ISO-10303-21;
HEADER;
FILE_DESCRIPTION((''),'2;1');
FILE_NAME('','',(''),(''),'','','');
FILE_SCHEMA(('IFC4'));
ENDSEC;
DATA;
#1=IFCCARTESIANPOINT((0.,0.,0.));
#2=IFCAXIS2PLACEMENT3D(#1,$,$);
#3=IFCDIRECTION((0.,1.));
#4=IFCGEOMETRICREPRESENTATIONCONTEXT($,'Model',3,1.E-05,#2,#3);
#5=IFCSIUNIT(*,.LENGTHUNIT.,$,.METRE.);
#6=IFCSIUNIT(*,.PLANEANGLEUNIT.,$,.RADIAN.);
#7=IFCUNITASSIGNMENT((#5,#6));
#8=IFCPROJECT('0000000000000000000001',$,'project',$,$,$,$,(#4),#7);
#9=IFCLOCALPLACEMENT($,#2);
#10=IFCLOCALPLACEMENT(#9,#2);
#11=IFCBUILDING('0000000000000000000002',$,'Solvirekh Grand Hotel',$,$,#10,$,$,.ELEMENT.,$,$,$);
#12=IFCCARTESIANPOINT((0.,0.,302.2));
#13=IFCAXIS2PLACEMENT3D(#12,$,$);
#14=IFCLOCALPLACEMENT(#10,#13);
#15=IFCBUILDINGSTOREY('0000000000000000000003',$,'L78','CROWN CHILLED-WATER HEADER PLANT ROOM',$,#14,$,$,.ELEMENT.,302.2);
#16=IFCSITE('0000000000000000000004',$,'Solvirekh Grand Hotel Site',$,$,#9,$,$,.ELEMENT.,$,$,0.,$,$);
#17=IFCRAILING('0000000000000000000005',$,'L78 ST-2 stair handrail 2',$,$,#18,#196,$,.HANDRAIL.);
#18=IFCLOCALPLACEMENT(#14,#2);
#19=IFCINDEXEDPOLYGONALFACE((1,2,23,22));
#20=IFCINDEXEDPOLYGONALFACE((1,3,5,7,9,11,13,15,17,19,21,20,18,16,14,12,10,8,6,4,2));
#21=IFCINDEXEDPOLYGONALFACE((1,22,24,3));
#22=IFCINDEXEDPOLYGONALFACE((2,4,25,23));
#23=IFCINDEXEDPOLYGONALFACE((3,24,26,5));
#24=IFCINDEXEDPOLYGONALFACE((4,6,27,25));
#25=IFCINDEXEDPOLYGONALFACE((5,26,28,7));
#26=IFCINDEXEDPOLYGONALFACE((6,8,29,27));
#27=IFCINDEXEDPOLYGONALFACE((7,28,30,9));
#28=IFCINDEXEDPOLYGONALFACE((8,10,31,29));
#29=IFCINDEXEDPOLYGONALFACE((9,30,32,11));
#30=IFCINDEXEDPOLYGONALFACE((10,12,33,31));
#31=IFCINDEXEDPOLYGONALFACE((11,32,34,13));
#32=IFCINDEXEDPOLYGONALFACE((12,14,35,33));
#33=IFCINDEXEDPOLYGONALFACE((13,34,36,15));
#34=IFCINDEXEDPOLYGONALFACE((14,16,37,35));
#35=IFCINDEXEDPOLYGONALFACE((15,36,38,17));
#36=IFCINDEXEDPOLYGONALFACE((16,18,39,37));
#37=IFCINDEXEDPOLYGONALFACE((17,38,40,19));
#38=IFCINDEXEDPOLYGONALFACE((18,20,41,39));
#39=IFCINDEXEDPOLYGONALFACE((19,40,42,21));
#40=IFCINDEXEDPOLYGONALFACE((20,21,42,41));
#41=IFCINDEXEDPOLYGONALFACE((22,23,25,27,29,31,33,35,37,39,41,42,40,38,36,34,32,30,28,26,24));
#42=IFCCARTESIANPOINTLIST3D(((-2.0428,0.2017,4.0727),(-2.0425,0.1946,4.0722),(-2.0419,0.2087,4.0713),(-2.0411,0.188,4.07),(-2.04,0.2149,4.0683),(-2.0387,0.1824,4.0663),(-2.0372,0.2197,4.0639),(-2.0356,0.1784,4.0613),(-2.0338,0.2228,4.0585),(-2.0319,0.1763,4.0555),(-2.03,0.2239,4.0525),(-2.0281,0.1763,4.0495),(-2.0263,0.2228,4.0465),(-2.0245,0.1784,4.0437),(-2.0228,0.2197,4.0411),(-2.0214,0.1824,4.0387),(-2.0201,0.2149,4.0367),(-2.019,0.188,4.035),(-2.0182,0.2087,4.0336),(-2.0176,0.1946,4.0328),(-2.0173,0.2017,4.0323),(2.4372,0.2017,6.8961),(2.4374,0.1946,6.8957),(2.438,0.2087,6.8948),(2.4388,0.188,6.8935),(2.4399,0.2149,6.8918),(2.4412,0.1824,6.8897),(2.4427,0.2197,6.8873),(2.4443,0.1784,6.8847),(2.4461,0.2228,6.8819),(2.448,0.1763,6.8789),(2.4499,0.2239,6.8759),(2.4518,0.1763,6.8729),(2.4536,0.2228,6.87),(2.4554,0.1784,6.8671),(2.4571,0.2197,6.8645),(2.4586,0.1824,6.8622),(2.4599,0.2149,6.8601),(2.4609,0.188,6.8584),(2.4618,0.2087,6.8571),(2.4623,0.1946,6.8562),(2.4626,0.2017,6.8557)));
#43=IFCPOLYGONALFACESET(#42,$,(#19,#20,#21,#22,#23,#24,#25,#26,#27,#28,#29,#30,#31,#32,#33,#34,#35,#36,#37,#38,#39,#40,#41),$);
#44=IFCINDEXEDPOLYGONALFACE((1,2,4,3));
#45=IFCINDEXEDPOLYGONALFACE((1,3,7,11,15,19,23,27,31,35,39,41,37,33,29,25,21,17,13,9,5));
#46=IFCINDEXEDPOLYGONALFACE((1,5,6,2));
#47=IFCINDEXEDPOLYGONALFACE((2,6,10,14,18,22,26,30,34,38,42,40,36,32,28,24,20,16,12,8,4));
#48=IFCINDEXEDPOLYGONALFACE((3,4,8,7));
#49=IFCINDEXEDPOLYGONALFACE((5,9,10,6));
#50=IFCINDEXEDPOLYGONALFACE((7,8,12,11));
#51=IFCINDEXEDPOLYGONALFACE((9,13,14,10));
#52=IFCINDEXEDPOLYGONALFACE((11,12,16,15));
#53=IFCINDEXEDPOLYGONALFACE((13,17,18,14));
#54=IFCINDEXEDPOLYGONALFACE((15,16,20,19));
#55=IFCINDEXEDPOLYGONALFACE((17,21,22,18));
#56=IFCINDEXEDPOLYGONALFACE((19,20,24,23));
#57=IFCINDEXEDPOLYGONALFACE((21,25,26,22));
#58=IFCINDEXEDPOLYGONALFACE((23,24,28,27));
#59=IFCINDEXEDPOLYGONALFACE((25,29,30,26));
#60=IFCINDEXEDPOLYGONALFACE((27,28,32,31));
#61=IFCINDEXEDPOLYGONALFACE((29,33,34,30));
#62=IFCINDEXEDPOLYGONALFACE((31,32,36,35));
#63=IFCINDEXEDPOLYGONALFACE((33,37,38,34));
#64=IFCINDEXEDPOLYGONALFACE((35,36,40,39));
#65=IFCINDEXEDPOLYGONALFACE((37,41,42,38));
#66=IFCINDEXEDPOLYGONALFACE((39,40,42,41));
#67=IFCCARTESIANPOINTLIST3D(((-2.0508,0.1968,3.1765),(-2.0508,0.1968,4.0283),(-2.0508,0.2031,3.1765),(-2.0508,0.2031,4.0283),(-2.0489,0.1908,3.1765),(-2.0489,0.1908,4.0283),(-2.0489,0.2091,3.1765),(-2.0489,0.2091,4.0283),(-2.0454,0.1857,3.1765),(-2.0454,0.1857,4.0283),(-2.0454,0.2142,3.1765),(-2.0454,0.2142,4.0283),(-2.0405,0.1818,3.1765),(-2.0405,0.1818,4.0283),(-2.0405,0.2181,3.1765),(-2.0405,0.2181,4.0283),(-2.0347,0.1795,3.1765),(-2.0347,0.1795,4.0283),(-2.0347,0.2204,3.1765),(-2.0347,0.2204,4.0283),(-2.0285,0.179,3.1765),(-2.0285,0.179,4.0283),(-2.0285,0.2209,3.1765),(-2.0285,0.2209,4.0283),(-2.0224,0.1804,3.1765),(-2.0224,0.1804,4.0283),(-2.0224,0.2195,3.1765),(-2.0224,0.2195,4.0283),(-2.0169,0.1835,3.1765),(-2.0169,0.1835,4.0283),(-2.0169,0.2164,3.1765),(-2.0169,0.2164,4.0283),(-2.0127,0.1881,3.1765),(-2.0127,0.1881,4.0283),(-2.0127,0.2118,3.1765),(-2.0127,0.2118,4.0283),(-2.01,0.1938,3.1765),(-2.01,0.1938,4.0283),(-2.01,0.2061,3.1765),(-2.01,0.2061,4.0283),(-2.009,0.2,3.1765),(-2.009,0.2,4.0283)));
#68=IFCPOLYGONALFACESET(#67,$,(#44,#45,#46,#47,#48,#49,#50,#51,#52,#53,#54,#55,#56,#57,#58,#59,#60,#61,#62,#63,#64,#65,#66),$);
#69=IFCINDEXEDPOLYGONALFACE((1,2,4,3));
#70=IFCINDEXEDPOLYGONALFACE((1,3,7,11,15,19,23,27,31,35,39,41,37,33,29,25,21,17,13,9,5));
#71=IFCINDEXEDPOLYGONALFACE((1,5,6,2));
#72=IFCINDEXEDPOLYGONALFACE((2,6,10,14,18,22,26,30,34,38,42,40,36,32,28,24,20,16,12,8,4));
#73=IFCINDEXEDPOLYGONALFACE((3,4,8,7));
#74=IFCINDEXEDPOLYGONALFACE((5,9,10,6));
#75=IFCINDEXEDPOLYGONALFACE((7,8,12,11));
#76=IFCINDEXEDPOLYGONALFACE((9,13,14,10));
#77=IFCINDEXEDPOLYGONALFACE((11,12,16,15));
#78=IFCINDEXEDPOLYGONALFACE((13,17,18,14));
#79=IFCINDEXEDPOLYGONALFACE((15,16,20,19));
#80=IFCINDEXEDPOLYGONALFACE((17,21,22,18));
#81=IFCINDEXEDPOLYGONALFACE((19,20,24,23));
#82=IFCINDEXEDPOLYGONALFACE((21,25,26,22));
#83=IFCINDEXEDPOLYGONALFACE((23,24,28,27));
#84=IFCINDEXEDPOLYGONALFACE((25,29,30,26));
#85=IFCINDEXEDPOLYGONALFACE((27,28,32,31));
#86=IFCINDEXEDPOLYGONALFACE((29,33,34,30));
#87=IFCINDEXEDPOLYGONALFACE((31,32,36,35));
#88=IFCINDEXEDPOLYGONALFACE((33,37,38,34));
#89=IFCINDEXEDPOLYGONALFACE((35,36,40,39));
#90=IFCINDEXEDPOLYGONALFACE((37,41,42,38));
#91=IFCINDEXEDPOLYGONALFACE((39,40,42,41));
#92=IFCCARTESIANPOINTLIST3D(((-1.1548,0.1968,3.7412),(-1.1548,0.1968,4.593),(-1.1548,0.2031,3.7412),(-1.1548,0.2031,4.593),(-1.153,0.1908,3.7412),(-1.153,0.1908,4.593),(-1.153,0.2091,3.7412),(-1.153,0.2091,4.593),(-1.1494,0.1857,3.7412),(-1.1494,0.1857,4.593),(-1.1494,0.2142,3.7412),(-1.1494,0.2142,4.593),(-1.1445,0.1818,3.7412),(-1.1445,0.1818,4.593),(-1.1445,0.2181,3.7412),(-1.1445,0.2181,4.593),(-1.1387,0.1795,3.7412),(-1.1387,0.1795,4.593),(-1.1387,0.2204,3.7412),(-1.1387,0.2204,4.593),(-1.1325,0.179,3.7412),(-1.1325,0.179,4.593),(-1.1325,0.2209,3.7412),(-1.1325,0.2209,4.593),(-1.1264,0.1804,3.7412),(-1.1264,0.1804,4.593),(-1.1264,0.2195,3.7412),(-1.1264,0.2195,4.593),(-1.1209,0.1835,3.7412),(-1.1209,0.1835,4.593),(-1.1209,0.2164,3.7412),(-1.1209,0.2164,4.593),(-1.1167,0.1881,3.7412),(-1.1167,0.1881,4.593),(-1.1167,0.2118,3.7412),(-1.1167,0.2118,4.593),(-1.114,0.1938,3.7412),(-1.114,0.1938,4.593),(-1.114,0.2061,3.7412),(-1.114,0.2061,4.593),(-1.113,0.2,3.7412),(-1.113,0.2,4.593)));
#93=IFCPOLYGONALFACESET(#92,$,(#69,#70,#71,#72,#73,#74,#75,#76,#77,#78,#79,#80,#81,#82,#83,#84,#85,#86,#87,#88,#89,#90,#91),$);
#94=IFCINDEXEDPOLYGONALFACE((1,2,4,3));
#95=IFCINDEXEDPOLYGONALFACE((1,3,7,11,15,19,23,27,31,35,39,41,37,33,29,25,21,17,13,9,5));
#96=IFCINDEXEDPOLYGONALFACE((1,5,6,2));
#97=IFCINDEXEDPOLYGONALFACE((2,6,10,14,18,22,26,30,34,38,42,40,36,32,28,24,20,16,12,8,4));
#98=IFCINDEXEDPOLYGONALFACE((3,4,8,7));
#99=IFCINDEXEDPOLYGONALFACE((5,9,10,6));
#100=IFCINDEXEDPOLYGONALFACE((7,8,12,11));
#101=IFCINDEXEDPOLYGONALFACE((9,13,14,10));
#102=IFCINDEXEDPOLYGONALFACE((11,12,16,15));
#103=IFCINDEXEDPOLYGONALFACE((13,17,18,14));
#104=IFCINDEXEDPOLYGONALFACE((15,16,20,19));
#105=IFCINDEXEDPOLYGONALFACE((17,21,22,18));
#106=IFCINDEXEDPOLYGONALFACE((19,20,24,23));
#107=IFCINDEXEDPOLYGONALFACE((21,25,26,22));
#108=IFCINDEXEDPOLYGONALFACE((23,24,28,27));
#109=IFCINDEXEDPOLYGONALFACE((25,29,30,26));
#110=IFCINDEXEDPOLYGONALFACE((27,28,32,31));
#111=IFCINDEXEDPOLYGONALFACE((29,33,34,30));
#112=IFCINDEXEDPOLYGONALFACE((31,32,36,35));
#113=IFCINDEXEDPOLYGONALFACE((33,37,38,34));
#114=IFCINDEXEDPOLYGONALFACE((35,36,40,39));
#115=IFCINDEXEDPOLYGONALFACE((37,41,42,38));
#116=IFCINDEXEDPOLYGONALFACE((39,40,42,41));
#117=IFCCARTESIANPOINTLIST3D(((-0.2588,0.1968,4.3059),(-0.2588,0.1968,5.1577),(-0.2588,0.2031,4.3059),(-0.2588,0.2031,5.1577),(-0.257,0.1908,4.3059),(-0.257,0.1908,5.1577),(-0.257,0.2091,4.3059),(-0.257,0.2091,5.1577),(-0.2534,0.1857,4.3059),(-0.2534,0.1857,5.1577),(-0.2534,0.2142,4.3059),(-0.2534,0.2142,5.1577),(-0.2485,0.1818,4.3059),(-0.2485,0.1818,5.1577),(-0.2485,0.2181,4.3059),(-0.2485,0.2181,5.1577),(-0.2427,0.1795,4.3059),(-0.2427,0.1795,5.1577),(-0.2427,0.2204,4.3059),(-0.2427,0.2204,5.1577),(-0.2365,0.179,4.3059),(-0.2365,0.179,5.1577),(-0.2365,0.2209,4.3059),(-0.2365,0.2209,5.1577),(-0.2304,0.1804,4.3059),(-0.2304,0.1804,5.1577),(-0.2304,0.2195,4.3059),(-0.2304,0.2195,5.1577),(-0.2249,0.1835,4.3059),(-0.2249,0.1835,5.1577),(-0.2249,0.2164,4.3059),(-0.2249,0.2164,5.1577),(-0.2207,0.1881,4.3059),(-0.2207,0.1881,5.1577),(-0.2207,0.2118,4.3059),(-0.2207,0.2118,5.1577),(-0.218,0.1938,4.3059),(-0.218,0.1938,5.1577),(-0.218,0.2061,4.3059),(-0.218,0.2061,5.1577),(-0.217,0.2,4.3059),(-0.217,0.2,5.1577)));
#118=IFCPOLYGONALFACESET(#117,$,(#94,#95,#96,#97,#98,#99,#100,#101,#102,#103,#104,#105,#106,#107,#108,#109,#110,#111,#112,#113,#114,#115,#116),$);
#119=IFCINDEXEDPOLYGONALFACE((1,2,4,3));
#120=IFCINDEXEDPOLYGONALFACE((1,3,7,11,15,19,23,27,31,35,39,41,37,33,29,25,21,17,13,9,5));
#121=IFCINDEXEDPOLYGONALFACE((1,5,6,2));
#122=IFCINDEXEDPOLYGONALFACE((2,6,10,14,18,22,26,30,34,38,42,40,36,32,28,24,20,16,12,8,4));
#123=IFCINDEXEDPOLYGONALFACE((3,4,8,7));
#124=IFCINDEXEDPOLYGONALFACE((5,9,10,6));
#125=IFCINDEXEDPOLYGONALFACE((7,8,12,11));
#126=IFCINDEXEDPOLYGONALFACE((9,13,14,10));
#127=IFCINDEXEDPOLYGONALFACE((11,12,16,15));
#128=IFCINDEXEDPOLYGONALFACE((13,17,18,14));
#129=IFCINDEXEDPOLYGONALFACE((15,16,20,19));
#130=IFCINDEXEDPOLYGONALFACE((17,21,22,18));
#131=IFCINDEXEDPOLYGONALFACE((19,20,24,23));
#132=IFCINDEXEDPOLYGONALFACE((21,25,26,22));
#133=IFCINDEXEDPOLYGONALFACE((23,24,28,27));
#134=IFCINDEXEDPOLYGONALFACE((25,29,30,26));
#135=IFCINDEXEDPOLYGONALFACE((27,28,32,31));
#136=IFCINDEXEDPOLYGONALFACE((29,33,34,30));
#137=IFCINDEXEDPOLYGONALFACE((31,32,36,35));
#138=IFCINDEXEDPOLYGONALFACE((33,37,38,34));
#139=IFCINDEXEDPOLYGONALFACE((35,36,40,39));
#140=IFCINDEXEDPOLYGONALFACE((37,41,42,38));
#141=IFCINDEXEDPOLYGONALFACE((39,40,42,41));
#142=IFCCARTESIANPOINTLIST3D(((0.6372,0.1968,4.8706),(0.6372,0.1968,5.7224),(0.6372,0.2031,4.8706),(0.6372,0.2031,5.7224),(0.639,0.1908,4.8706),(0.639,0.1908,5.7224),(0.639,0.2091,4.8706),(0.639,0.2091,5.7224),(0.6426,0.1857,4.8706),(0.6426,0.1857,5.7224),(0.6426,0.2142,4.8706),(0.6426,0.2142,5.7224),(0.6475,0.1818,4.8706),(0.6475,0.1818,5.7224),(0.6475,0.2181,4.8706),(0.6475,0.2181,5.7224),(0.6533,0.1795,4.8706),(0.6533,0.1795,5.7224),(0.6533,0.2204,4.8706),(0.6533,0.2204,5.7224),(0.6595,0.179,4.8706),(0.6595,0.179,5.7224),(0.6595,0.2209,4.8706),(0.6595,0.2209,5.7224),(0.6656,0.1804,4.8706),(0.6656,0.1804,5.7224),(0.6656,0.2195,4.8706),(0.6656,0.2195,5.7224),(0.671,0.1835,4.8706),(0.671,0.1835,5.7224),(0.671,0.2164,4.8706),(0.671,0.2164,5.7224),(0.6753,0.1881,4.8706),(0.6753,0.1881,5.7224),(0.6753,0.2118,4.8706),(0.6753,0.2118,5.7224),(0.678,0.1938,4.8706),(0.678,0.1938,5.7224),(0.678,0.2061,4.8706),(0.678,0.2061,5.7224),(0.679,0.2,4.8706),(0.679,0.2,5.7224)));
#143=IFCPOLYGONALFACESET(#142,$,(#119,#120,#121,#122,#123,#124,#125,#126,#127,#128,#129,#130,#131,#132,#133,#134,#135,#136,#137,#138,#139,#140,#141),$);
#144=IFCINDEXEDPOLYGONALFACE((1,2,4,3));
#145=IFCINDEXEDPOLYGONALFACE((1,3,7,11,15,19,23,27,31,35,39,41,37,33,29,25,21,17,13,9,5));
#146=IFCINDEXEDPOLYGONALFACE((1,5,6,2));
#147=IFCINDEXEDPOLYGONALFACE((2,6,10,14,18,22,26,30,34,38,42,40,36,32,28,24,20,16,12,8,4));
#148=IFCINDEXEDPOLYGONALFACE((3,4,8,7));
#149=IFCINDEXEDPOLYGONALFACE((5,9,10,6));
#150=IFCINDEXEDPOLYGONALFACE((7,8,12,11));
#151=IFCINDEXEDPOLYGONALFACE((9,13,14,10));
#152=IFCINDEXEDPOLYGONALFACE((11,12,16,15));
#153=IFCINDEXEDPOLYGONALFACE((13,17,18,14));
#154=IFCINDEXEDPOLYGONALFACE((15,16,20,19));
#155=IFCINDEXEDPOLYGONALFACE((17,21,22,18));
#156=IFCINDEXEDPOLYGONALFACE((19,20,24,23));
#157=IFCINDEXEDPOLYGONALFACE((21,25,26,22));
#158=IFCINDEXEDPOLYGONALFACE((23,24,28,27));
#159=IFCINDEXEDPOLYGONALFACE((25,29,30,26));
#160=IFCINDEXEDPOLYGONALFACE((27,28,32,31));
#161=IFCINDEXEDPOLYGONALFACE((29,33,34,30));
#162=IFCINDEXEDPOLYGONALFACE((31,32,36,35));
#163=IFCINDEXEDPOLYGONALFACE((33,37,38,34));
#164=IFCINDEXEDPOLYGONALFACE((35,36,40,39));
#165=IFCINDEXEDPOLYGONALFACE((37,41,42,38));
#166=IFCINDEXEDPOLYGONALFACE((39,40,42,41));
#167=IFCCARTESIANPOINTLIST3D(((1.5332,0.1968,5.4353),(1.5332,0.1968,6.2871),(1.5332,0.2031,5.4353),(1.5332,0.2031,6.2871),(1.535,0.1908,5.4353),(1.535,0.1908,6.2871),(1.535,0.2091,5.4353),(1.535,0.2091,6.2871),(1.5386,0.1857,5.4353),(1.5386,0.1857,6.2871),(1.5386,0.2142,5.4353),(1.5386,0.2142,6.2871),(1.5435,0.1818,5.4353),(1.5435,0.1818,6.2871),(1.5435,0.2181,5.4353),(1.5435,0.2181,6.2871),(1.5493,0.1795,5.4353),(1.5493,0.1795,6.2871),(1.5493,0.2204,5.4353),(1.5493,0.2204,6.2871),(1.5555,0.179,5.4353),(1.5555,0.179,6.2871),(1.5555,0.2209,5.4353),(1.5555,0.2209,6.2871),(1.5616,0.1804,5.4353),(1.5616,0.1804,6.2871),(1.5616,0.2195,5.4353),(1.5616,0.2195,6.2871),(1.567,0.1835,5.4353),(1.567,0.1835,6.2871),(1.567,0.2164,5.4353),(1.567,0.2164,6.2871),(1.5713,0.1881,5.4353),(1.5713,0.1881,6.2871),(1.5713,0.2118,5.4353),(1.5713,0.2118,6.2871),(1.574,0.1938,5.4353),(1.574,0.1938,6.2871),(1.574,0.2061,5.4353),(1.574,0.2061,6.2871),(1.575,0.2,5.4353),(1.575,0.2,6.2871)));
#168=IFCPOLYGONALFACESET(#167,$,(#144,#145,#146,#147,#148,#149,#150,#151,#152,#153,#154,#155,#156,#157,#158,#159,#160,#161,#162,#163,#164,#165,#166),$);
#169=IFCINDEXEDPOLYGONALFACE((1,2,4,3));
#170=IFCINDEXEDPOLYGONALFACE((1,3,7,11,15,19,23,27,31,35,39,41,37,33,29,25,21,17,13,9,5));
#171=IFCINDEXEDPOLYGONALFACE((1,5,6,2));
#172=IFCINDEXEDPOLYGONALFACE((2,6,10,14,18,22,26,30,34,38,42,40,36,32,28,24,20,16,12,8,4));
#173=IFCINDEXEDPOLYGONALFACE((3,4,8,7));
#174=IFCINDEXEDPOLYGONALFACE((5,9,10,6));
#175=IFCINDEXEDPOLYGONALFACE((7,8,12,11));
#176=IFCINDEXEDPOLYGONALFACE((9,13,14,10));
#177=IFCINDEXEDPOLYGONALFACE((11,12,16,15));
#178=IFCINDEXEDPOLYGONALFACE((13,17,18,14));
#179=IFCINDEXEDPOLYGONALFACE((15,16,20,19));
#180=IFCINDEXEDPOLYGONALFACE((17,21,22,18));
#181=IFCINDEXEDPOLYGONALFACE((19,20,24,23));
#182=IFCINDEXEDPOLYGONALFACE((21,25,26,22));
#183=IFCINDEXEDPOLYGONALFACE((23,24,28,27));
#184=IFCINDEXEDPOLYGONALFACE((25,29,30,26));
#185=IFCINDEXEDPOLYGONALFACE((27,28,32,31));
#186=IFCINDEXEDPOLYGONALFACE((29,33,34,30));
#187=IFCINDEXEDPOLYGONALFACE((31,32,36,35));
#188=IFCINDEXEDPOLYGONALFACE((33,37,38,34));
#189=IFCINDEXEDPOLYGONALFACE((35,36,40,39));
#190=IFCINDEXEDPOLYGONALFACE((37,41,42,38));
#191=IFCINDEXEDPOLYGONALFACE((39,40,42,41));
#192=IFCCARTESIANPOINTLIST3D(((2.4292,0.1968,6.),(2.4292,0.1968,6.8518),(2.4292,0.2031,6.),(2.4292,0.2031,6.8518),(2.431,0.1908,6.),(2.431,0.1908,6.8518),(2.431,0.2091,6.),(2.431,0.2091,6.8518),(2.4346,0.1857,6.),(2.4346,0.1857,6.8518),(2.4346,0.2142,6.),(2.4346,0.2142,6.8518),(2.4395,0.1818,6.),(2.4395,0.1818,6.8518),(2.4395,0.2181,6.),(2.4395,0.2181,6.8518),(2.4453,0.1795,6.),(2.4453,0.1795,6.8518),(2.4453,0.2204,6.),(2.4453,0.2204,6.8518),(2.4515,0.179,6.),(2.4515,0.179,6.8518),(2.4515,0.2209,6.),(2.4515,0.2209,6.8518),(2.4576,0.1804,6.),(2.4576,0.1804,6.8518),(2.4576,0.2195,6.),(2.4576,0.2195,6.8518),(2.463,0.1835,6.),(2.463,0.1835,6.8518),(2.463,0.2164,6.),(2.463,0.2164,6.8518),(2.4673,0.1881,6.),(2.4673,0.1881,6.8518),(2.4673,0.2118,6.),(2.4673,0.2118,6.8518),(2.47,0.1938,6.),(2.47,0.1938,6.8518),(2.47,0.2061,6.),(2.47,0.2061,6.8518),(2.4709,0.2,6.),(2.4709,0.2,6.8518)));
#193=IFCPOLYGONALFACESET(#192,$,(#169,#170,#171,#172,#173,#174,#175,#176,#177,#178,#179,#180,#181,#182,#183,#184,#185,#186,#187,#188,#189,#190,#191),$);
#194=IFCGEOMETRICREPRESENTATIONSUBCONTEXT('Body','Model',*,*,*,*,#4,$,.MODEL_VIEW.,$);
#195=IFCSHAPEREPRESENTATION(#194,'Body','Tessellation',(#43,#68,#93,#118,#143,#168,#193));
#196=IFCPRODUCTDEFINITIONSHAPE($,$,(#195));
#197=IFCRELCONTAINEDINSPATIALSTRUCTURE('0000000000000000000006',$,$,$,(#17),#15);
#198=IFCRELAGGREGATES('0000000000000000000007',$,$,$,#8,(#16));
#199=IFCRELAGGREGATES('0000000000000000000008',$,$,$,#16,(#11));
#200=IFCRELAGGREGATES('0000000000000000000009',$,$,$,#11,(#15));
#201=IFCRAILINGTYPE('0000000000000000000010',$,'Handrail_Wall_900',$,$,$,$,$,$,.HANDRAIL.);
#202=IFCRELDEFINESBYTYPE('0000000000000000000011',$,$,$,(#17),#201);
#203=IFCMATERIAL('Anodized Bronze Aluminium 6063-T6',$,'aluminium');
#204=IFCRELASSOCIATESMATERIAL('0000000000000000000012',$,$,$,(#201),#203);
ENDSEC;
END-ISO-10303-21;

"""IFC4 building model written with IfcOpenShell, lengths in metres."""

from ifc_helpers import new_model, si_unit, direction, frame, origin, origin_2d, place, context, subcontext, project, spatial, circle, extrude, material, type_object, element, save


model = new_model("IFC4")

# Units and contexts
model_context = context("Model", 3, precision=1e-05, world=origin(), true_north=direction((0.0, 1.0)))
body_context = subcontext(model_context, "Body", "Model", "MODEL_VIEW")
ifc_project = project(units=[si_unit("LENGTHUNIT", "METRE"), si_unit("PLANEANGLEUNIT", "RADIAN")], contexts=[model_context])

# Site, building, storey
site_placement = place(None, origin())
site = spatial("IfcSite", under=ifc_project, at=site_placement, Name="Solvirekh Grand Hotel Site", CompositionType="ELEMENT", RefElevation=0.0)
building_placement = place(site_placement, origin())
building = spatial("IfcBuilding", under=site, at=building_placement, Name="Solvirekh Grand Hotel", CompositionType="ELEMENT")
storey_placement = place(building_placement, frame((0.0, 0.0, 302.2)))
storey = spatial("IfcBuildingStorey", under=building, at=storey_placement, Name="L78", Description="CROWN CHILLED-WATER HEADER PLANT ROOM", CompositionType="ELEMENT", Elevation=302.2)

# Shared definitions
ifc_material_1 = material(Name="Anodized Bronze Aluminium 6063-T6", Category="aluminium")

# Railing
railing_type_1 = type_object("IfcRailingType", Name="Handrail_Wall_900", PredefinedType="HANDRAIL", material=ifc_material_1)
railing_1_placement = place(storey_placement, frame((-2.03, 0.2, 3.1765)))
element("IfcRailing", 1, at=railing_1_placement, inside=storey, type_object=railing_type_1, Name="L78 ST-2 stair handrail 2", PredefinedType="HANDRAIL", context=body_context, shape_type="SweptSolid", body=[
    extrude(circle(Radius=0.0239, at=origin_2d()), frame((0.0, 0.0, 0.876), z_axis=(0.845998, 0.0, 0.533186), x_axis=(0.0, 1.0, 0.0)), (0.0, 0.0, 1.0), 5.2954),
    extrude(circle(Radius=0.021, at=origin_2d()), origin(), (0.0, 0.0, 1.0), 0.8518),
    extrude(circle(Radius=0.021, at=origin_2d()), frame((0.896, 0.0, 0.5647)), (0.0, 0.0, 1.0), 0.8518),
    extrude(circle(Radius=0.021, at=origin_2d()), frame((1.792, 0.0, 1.1294)), (0.0, 0.0, 1.0), 0.8518),
    extrude(circle(Radius=0.021, at=origin_2d()), frame((2.688, 0.0, 1.6941)), (0.0, 0.0, 1.0), 0.8518),
    extrude(circle(Radius=0.021, at=origin_2d()), frame((3.584, 0.0, 2.2588)), (0.0, 0.0, 1.0), 0.8518),
    extrude(circle(Radius=0.021, at=origin_2d()), frame((4.48, 0.0, 2.8235)), (0.0, 0.0, 1.0), 0.8518),
])

save(model, "model.ifc")
